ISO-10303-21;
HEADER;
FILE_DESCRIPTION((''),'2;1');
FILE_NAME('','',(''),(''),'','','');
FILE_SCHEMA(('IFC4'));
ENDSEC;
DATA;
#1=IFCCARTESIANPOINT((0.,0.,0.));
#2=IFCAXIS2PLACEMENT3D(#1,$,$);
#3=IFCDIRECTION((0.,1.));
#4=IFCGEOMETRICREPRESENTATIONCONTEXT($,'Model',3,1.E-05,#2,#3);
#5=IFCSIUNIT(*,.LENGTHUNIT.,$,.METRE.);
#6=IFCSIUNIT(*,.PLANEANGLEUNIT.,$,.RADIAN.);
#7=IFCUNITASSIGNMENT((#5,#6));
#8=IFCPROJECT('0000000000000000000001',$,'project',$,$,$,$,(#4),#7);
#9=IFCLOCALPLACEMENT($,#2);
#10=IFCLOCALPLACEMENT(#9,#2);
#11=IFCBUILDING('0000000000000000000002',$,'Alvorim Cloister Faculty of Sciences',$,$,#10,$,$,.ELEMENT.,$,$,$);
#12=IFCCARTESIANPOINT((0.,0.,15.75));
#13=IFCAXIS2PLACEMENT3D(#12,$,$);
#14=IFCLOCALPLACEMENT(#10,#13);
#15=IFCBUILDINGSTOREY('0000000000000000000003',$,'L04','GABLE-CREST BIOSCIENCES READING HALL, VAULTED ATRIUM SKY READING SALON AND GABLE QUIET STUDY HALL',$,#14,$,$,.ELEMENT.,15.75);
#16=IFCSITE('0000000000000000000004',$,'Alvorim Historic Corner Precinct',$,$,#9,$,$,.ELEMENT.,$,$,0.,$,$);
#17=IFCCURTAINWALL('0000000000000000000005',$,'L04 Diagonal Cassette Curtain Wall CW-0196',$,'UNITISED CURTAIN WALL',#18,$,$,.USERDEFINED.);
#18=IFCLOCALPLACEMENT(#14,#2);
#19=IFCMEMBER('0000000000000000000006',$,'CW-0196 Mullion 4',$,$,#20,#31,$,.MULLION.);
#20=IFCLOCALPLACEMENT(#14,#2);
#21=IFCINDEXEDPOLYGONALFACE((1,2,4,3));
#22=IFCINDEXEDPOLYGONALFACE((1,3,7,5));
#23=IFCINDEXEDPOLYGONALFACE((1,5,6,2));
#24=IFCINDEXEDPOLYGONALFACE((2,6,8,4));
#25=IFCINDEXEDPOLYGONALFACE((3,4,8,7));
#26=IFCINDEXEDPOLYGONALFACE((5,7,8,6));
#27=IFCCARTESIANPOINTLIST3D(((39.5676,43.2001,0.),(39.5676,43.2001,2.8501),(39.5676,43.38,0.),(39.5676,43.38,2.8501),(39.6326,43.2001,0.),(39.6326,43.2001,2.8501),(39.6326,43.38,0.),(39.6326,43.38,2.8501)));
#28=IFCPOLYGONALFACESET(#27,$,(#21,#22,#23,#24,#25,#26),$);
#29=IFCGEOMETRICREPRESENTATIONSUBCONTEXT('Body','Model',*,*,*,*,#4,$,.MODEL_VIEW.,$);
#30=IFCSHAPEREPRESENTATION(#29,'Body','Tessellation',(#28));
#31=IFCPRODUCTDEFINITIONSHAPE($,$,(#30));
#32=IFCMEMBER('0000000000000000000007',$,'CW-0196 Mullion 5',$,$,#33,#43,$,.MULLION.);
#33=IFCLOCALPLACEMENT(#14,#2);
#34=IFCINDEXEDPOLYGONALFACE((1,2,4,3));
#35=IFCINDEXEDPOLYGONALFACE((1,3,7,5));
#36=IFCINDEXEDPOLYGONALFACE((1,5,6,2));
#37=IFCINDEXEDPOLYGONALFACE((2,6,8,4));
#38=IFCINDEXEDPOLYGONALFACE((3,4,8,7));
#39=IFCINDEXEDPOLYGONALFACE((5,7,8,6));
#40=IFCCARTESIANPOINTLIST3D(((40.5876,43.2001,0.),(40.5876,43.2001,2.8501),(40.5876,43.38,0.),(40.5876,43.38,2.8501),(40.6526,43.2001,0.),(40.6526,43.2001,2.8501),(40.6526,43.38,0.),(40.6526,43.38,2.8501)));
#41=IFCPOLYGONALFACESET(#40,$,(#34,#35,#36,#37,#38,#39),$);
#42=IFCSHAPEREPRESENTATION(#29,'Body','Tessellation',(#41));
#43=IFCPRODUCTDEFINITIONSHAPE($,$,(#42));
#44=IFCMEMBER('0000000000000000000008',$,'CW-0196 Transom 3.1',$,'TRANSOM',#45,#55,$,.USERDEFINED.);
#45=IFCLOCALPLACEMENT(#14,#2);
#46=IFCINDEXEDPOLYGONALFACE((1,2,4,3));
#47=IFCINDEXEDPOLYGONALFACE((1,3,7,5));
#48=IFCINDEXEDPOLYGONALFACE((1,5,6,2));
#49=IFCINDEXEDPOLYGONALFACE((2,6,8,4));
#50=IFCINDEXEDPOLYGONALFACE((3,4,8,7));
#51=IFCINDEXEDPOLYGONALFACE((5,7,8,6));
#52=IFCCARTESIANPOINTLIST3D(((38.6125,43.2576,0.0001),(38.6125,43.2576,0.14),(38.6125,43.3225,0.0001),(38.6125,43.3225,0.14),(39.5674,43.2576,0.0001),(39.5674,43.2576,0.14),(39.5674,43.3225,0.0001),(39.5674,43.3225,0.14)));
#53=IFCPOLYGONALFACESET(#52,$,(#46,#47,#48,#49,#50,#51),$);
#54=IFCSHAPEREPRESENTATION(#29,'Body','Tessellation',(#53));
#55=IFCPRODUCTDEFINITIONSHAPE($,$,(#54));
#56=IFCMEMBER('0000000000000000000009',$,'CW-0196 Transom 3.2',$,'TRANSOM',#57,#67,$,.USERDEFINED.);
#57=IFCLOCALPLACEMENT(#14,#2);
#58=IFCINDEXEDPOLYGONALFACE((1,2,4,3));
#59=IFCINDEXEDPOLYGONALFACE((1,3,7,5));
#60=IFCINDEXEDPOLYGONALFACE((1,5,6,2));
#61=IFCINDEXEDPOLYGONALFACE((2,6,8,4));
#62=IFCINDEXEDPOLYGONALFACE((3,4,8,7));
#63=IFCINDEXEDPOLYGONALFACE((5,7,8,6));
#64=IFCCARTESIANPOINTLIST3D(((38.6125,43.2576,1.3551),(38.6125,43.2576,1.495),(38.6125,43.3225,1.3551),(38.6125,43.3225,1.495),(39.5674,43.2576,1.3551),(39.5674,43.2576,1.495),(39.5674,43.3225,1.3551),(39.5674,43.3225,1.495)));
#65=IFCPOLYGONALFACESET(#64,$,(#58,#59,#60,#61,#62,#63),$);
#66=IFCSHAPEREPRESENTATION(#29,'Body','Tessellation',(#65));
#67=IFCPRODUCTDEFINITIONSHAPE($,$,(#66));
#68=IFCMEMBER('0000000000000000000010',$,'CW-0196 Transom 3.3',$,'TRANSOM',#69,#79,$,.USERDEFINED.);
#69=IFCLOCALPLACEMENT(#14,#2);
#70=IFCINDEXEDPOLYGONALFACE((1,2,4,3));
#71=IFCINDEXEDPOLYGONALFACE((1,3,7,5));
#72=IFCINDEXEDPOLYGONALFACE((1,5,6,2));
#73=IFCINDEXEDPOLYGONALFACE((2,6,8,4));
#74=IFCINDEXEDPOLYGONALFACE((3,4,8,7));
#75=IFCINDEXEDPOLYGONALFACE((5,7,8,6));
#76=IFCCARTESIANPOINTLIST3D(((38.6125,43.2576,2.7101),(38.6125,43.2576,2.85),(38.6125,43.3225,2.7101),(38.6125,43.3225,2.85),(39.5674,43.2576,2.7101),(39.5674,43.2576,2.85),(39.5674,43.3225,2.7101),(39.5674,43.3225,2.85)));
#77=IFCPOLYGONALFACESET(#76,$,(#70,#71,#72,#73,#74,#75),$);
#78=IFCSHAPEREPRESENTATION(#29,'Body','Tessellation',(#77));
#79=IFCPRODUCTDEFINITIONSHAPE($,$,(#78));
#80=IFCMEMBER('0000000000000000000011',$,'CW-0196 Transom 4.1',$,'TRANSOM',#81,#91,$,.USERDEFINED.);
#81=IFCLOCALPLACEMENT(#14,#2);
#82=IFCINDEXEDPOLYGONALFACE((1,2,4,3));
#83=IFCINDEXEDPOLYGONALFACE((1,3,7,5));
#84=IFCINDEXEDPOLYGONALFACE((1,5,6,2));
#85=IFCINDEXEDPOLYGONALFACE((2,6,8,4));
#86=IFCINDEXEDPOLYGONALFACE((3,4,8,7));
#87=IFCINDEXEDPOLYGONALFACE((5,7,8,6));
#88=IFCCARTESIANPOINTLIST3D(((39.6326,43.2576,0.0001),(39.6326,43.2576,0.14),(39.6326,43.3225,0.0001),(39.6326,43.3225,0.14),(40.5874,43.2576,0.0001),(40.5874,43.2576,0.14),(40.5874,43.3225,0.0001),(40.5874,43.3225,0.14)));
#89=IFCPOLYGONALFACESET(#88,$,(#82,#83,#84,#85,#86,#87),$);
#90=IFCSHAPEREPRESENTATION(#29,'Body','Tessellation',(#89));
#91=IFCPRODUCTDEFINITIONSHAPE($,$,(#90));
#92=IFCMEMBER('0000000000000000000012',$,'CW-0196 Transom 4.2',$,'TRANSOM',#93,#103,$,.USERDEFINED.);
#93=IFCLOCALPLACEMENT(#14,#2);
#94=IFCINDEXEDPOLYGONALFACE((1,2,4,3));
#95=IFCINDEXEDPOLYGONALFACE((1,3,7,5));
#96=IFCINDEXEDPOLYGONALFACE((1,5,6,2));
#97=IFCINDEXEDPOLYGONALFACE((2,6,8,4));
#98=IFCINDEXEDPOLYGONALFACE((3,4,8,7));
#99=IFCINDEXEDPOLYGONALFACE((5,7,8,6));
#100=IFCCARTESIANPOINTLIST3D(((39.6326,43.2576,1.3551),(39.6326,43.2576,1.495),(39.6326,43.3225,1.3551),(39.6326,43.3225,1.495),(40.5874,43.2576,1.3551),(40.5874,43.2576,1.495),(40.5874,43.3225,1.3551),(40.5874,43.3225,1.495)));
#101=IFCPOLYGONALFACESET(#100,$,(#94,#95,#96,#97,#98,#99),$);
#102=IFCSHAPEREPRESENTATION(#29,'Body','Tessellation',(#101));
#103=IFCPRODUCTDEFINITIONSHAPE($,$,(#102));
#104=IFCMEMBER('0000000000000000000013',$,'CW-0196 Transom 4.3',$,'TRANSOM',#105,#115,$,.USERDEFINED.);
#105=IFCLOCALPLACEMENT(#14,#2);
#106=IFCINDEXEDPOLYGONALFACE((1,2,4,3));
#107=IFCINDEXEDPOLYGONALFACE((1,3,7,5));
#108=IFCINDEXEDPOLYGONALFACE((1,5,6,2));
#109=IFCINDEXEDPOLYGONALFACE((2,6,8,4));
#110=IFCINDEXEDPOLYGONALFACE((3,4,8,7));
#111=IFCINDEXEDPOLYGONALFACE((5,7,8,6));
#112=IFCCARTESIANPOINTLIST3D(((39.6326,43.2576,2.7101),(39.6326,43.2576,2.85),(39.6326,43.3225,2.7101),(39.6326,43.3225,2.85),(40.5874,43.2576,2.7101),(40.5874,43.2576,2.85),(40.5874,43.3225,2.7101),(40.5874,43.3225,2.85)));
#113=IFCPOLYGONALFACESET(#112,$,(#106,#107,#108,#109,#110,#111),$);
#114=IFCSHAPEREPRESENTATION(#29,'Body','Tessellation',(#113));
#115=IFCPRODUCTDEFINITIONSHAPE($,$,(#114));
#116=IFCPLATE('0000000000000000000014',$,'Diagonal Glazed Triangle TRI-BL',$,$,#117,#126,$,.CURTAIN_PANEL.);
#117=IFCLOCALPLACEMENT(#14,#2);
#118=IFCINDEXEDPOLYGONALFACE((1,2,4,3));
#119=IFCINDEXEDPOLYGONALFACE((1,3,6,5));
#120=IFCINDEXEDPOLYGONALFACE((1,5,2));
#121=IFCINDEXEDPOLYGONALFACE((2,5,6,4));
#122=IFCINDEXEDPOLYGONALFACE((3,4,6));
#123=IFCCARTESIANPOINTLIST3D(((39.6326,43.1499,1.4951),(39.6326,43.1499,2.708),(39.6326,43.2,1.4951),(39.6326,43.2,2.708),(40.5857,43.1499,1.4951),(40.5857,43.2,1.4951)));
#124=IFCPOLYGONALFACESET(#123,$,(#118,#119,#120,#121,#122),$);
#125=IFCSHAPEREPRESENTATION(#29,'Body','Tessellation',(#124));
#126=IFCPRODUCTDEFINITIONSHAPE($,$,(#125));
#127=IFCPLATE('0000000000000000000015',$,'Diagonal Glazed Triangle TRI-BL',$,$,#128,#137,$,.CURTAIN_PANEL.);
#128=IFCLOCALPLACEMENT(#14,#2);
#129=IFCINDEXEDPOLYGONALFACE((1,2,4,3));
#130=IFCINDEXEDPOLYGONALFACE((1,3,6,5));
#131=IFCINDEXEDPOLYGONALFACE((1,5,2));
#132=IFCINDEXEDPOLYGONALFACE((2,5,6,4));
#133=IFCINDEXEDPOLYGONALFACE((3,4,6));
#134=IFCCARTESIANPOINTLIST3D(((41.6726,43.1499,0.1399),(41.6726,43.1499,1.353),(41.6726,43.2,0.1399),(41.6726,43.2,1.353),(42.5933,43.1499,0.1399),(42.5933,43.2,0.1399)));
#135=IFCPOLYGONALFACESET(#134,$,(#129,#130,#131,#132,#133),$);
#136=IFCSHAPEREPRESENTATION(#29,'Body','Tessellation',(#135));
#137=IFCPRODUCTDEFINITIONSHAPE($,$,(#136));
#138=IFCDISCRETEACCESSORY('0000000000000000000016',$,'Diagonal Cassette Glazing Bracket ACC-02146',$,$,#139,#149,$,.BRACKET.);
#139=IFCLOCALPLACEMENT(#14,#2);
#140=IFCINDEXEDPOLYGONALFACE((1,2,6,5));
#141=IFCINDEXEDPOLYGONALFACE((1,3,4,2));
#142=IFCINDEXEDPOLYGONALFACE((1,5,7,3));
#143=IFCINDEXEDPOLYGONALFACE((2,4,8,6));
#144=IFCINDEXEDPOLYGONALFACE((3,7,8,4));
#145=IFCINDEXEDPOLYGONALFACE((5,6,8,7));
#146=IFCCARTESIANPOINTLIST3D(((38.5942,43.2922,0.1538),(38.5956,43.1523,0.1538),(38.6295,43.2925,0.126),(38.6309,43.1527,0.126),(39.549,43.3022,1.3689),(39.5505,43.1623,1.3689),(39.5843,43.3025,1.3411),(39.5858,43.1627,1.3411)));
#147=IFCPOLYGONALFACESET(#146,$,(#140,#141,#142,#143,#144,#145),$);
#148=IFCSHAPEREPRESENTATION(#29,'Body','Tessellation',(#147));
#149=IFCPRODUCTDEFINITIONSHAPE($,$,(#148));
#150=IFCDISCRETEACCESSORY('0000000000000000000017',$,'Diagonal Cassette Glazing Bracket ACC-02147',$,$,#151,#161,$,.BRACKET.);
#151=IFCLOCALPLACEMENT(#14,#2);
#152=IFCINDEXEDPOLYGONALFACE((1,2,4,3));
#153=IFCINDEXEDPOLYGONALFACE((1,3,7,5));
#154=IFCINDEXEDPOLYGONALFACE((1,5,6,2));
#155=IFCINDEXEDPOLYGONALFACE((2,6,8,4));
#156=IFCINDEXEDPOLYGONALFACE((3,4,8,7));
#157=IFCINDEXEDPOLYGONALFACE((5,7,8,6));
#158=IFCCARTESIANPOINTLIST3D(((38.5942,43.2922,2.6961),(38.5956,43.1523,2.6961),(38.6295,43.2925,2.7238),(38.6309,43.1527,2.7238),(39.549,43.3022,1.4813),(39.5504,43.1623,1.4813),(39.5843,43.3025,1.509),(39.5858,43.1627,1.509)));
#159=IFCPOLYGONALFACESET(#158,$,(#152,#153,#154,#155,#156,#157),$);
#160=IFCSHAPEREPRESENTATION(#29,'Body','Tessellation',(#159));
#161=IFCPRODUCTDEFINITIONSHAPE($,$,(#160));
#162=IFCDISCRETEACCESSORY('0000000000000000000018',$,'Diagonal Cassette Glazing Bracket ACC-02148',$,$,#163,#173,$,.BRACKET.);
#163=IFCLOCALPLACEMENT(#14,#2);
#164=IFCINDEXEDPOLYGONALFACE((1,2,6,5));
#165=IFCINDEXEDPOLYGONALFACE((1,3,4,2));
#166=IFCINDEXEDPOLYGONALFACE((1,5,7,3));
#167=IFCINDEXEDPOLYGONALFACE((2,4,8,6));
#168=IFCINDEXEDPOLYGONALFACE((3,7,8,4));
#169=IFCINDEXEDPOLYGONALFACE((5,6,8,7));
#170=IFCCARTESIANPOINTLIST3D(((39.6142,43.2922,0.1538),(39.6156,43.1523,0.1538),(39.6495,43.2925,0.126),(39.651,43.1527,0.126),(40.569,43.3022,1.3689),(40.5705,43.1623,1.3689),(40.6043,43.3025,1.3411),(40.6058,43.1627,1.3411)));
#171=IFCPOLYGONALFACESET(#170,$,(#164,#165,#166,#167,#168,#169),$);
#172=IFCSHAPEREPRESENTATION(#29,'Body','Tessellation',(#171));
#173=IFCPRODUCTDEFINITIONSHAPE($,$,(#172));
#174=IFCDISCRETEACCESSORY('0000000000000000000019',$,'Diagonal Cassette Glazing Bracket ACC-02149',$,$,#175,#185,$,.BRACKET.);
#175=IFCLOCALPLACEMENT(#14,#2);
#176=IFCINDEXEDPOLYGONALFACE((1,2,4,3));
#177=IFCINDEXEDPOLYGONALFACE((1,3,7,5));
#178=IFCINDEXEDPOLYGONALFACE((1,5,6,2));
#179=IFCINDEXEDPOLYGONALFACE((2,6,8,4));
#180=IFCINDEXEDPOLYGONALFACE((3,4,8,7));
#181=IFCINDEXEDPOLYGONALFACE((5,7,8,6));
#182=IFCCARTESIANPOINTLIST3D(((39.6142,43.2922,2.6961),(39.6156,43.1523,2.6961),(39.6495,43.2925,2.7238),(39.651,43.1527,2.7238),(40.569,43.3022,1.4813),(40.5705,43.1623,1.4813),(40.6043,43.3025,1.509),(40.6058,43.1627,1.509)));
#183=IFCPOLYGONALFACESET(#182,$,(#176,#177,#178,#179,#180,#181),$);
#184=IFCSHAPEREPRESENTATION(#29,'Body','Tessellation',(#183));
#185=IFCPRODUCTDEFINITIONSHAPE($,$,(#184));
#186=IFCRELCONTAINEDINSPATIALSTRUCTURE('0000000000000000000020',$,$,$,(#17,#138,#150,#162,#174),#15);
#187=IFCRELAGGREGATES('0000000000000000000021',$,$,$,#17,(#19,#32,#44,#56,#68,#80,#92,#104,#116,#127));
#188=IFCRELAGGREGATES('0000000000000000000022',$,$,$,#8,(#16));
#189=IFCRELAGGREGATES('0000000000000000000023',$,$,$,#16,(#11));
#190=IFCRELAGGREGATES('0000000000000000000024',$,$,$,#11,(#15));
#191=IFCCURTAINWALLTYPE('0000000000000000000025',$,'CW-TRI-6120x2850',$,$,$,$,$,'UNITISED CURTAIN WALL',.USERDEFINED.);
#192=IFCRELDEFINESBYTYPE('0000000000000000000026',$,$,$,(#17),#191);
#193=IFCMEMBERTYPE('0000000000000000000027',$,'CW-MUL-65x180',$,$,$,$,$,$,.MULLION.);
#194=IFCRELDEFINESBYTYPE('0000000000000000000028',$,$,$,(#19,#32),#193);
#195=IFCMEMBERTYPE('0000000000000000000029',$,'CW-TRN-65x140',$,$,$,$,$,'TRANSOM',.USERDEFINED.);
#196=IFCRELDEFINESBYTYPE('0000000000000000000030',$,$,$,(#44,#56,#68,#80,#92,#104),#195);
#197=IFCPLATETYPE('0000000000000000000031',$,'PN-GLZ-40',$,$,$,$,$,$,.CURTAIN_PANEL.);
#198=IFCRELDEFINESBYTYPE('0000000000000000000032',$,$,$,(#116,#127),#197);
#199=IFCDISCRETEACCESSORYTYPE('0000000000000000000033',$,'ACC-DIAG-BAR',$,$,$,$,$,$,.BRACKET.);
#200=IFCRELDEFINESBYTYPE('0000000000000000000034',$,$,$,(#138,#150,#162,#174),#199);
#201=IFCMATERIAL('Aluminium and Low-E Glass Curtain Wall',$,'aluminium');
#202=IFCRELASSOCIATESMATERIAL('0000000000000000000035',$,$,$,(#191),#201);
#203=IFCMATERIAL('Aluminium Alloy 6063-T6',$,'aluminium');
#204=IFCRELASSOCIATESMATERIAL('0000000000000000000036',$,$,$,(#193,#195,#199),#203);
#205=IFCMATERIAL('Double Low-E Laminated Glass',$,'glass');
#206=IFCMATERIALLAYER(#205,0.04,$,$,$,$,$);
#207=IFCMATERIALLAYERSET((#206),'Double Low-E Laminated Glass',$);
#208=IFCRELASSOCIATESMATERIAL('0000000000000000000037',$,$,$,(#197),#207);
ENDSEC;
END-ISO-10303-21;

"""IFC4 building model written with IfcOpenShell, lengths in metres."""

from ifc_helpers import new_model, si_unit, direction, frame, origin, origin_2d, place, context, subcontext, project, spatial, polyline, rectangle, outline, extrude, material, layer, layer_set, material_profile, profile_set, type_object, element, aggregate, save


model = new_model("IFC4")

# Units and contexts
model_context = context("Model", 3, precision=1e-05, world=origin(), true_north=direction((0.0, 1.0)))
body_context = subcontext(model_context, "Body", "Model", "MODEL_VIEW")
ifc_project = project(units=[si_unit("LENGTHUNIT", "METRE"), si_unit("PLANEANGLEUNIT", "RADIAN")], contexts=[model_context])

# Site, building, storey
site_placement = place(None, origin())
site = spatial("IfcSite", under=ifc_project, at=site_placement, Name="Alvorim Historic Corner Precinct", CompositionType="ELEMENT", RefElevation=0.0)
building_placement = place(site_placement, origin())
building = spatial("IfcBuilding", under=site, at=building_placement, Name="Alvorim Cloister Faculty of Sciences", CompositionType="ELEMENT")
storey_placement = place(building_placement, frame((0.0, 0.0, 15.75)))
storey = spatial("IfcBuildingStorey", under=building, at=storey_placement, Name="L04", Description="GABLE-CREST BIOSCIENCES READING HALL, VAULTED ATRIUM SKY READING SALON AND GABLE QUIET STUDY HALL", CompositionType="ELEMENT", Elevation=15.75)

# Curtain wall, members, plates
ifc_material_1 = material(Name="Aluminium and Low-E Glass Curtain Wall", Category="aluminium")
curtain_wall_type = type_object("IfcCurtainWallType", Name="CW-TRI-6120x2850", ElementType="UNITISED CURTAIN WALL", PredefinedType="USERDEFINED", material=ifc_material_1)
curtain_wall_placement = place(storey_placement, origin())
curtain_wall = element("IfcCurtainWall", 1, at=curtain_wall_placement, inside=storey, type_object=curtain_wall_type, Name="L04 Diagonal Cassette Curtain Wall CW-0196", ObjectType="UNITISED CURTAIN WALL", PredefinedType="USERDEFINED")
ifc_material_2 = material(Name="Aluminium Alloy 6063-T6", Category="aluminium")
ifc_material_profile_1 = material_profile(ifc_material_2, rectangle(XDim=0.0649, YDim=0.1799, at=origin_2d()), Name="ALU-MUL-65x180")
ifc_profile_set_1 = profile_set([ifc_material_profile_1], Name="Aluminium Alloy 6063-T6")
member_type_1 = type_object("IfcMemberType", Name="CW-MUL-65x180", PredefinedType="MULLION", material=ifc_profile_set_1)
member_1_placement = place(storey_placement, frame((39.6001, 43.29, 0.0), z_axis=(0.0, 0.0, 1.0), x_axis=(1.0, 0.0, 0.0)))
member_1 = element("IfcMember", 2, at=member_1_placement, type_object=member_type_1, Name="CW-0196 Mullion 4", PredefinedType="MULLION", context=body_context, shape_type="SweptSolid", body=[
    extrude(rectangle(XDim=0.0649, YDim=0.1799, at=origin_2d()), origin(), (0.0, 0.0, 1.0), 2.8501),
])
member_2_placement = place(storey_placement, frame((40.6201, 43.29, 0.0), z_axis=(0.0, 0.0, 1.0), x_axis=(1.0, 0.0, 0.0)))
member_2 = element("IfcMember", 3, at=member_2_placement, type_object=member_type_1, Name="CW-0196 Mullion 5", PredefinedType="MULLION", context=body_context, shape_type="SweptSolid", body=[
    extrude(rectangle(XDim=0.0649, YDim=0.1799, at=origin_2d()), origin(), (0.0, 0.0, 1.0), 2.8501),
])
ifc_material_profile_2 = material_profile(ifc_material_2, rectangle(XDim=0.0649, YDim=0.1399, at=origin_2d()), Name="ALU-TRN-65x140")
ifc_profile_set_2 = profile_set([ifc_material_profile_2], Name="Aluminium Alloy 6063-T6")
member_type_2 = type_object("IfcMemberType", Name="CW-TRN-65x140", ElementType="TRANSOM", PredefinedType="USERDEFINED", material=ifc_profile_set_2)
member_3_placement = place(storey_placement, frame((38.6125, 43.29, 0.0701), z_axis=(1.0, 0.0, 0.0), x_axis=(0.0, 1.0, 0.0)))
member_3 = element("IfcMember", 4, at=member_3_placement, type_object=member_type_2, Name="CW-0196 Transom 3.1", ObjectType="TRANSOM", PredefinedType="USERDEFINED", context=body_context, shape_type="SweptSolid", body=[
    extrude(rectangle(XDim=0.0649, YDim=0.1399, at=origin_2d()), origin(), (0.0, 0.0, 1.0), 0.9548),
])
member_4_placement = place(storey_placement, frame((38.6125, 43.29, 1.425), z_axis=(1.0, 0.0, 0.0), x_axis=(0.0, 1.0, 0.0)))
member_4 = element("IfcMember", 5, at=member_4_placement, type_object=member_type_2, Name="CW-0196 Transom 3.2", ObjectType="TRANSOM", PredefinedType="USERDEFINED", context=body_context, shape_type="SweptSolid", body=[
    extrude(rectangle(XDim=0.0649, YDim=0.1399, at=origin_2d()), origin(), (0.0, 0.0, 1.0), 0.9548),
])
member_5_placement = place(storey_placement, frame((38.6125, 43.29, 2.78), z_axis=(1.0, 0.0, 0.0), x_axis=(0.0, 1.0, 0.0)))
member_5 = element("IfcMember", 6, at=member_5_placement, type_object=member_type_2, Name="CW-0196 Transom 3.3", ObjectType="TRANSOM", PredefinedType="USERDEFINED", context=body_context, shape_type="SweptSolid", body=[
    extrude(rectangle(XDim=0.0649, YDim=0.1399, at=origin_2d()), origin(), (0.0, 0.0, 1.0), 0.9548),
])
member_6_placement = place(storey_placement, frame((39.6326, 43.29, 0.0701), z_axis=(1.0, 0.0, 0.0), x_axis=(0.0, 1.0, 0.0)))
member_6 = element("IfcMember", 7, at=member_6_placement, type_object=member_type_2, Name="CW-0196 Transom 4.1", ObjectType="TRANSOM", PredefinedType="USERDEFINED", context=body_context, shape_type="SweptSolid", body=[
    extrude(rectangle(XDim=0.0649, YDim=0.1399, at=origin_2d()), origin(), (0.0, 0.0, 1.0), 0.9548),
])
member_7_placement = place(storey_placement, frame((39.6326, 43.29, 1.425), z_axis=(1.0, 0.0, 0.0), x_axis=(0.0, 1.0, 0.0)))
member_7 = element("IfcMember", 8, at=member_7_placement, type_object=member_type_2, Name="CW-0196 Transom 4.2", ObjectType="TRANSOM", PredefinedType="USERDEFINED", context=body_context, shape_type="SweptSolid", body=[
    extrude(rectangle(XDim=0.0649, YDim=0.1399, at=origin_2d()), origin(), (0.0, 0.0, 1.0), 0.9548),
])
member_8_placement = place(storey_placement, frame((39.6326, 43.29, 2.78), z_axis=(1.0, 0.0, 0.0), x_axis=(0.0, 1.0, 0.0)))
member_8 = element("IfcMember", 9, at=member_8_placement, type_object=member_type_2, Name="CW-0196 Transom 4.3", ObjectType="TRANSOM", PredefinedType="USERDEFINED", context=body_context, shape_type="SweptSolid", body=[
    extrude(rectangle(XDim=0.0649, YDim=0.1399, at=origin_2d()), origin(), (0.0, 0.0, 1.0), 0.9548),
])
ifc_material_3 = material(Name="Double Low-E Laminated Glass", Category="glass")
ifc_layer = layer(ifc_material_3, 0.04)
ifc_layer_set = layer_set([ifc_layer], Name="Double Low-E Laminated Glass")
plate_type = type_object("IfcPlateType", Name="PN-GLZ-40", PredefinedType="CURTAIN_PANEL", material=ifc_layer_set)
plate_1_placement = place(storey_placement, frame((39.6326, 43.175, 1.4951), z_axis=(0.0, 0.0, 1.0), x_axis=(1.0, 0.0, 0.0)))
plate_1 = element("IfcPlate", 10, at=plate_1_placement, type_object=plate_type, Name="Diagonal Glazed Triangle TRI-BL", PredefinedType="CURTAIN_PANEL", context=body_context, shape_type="SweptSolid", body=[
    extrude(outline(polyline([(0.0, 0.0), (0.9531, 0.0), (0.0, 1.2129), (0.0, 0.0)])), frame((0.0, 0.0249, 0.0), z_axis=(0.0, -1.0, 0.0), x_axis=(1.0, 0.0, 0.0)), (0.0, 0.0, 1.0), 0.05),
])
plate_2_placement = place(storey_placement, frame((41.6726, 43.175, 0.1399), z_axis=(0.0, 0.0, 1.0), x_axis=(1.0, 0.0, 0.0)))
plate_2 = element("IfcPlate", 11, at=plate_2_placement, type_object=plate_type, Name="Diagonal Glazed Triangle TRI-BL", PredefinedType="CURTAIN_PANEL", context=body_context, shape_type="SweptSolid", body=[
    extrude(outline(polyline([(0.0, 0.0), (0.9207, 0.0), (0.0, 1.2131), (0.0, 0.0)])), frame((0.0, 0.0249, 0.0), z_axis=(0.0, -1.0, 0.0), x_axis=(1.0, 0.0, 0.0)), (0.0, 0.0, 1.0), 0.05),
])
aggregate(curtain_wall, [member_1, member_2, member_3, member_4, member_5, member_6, member_7, member_8, plate_1, plate_2])

# Discrete accessories
discrete_accessory_type = type_object("IfcDiscreteAccessoryType", Name="ACC-DIAG-BAR", PredefinedType="BRACKET", material=ifc_material_2)
discrete_accessory_1_placement = place(storey_placement, frame((38.6125, 43.2224, 0.1399), z_axis=(0.617857, 0.006477, 0.786263), x_axis=(-0.010483, 0.999945, 0.0)))
element("IfcDiscreteAccessory", 12, at=discrete_accessory_1_placement, inside=storey, type_object=discrete_accessory_type, Name="Diagonal Cassette Glazing Bracket ACC-02146", PredefinedType="BRACKET", context=body_context, shape_type="SweptSolid", body=[
    extrude(rectangle(XDim=0.1399, YDim=0.0449, at=origin_2d()), origin(), (0.0, 0.0, 1.0), 1.5454),
])
discrete_accessory_2_placement = place(storey_placement, frame((38.6125, 43.2224, 2.71), z_axis=(0.617934, 0.006478, -0.786203), x_axis=(-0.010483, 0.999945, 0.0)))
element("IfcDiscreteAccessory", 13, at=discrete_accessory_2_placement, inside=storey, type_object=discrete_accessory_type, Name="Diagonal Cassette Glazing Bracket ACC-02147", PredefinedType="BRACKET", context=body_context, shape_type="SweptSolid", body=[
    extrude(rectangle(XDim=0.1399, YDim=0.0449, at=origin_2d()), origin(), (0.0, 0.0, 1.0), 1.5452),
])
discrete_accessory_3_placement = place(storey_placement, frame((39.6326, 43.2224, 0.1399), z_axis=(0.617857, 0.006477, 0.786263), x_axis=(-0.010483, 0.999945, 0.0)))
element("IfcDiscreteAccessory", 14, at=discrete_accessory_3_placement, inside=storey, type_object=discrete_accessory_type, Name="Diagonal Cassette Glazing Bracket ACC-02148", PredefinedType="BRACKET", context=body_context, shape_type="SweptSolid", body=[
    extrude(rectangle(XDim=0.1399, YDim=0.0449, at=origin_2d()), origin(), (0.0, 0.0, 1.0), 1.5454),
])
discrete_accessory_4_placement = place(storey_placement, frame((39.6326, 43.2224, 2.71), z_axis=(0.617934, 0.006478, -0.786203), x_axis=(-0.010483, 0.999945, 0.0)))
element("IfcDiscreteAccessory", 15, at=discrete_accessory_4_placement, inside=storey, type_object=discrete_accessory_type, Name="Diagonal Cassette Glazing Bracket ACC-02149", PredefinedType="BRACKET", context=body_context, shape_type="SweptSolid", body=[
    extrude(rectangle(XDim=0.1399, YDim=0.0449, at=origin_2d()), origin(), (0.0, 0.0, 1.0), 1.5452),
])

save(model, "model.ifc")
